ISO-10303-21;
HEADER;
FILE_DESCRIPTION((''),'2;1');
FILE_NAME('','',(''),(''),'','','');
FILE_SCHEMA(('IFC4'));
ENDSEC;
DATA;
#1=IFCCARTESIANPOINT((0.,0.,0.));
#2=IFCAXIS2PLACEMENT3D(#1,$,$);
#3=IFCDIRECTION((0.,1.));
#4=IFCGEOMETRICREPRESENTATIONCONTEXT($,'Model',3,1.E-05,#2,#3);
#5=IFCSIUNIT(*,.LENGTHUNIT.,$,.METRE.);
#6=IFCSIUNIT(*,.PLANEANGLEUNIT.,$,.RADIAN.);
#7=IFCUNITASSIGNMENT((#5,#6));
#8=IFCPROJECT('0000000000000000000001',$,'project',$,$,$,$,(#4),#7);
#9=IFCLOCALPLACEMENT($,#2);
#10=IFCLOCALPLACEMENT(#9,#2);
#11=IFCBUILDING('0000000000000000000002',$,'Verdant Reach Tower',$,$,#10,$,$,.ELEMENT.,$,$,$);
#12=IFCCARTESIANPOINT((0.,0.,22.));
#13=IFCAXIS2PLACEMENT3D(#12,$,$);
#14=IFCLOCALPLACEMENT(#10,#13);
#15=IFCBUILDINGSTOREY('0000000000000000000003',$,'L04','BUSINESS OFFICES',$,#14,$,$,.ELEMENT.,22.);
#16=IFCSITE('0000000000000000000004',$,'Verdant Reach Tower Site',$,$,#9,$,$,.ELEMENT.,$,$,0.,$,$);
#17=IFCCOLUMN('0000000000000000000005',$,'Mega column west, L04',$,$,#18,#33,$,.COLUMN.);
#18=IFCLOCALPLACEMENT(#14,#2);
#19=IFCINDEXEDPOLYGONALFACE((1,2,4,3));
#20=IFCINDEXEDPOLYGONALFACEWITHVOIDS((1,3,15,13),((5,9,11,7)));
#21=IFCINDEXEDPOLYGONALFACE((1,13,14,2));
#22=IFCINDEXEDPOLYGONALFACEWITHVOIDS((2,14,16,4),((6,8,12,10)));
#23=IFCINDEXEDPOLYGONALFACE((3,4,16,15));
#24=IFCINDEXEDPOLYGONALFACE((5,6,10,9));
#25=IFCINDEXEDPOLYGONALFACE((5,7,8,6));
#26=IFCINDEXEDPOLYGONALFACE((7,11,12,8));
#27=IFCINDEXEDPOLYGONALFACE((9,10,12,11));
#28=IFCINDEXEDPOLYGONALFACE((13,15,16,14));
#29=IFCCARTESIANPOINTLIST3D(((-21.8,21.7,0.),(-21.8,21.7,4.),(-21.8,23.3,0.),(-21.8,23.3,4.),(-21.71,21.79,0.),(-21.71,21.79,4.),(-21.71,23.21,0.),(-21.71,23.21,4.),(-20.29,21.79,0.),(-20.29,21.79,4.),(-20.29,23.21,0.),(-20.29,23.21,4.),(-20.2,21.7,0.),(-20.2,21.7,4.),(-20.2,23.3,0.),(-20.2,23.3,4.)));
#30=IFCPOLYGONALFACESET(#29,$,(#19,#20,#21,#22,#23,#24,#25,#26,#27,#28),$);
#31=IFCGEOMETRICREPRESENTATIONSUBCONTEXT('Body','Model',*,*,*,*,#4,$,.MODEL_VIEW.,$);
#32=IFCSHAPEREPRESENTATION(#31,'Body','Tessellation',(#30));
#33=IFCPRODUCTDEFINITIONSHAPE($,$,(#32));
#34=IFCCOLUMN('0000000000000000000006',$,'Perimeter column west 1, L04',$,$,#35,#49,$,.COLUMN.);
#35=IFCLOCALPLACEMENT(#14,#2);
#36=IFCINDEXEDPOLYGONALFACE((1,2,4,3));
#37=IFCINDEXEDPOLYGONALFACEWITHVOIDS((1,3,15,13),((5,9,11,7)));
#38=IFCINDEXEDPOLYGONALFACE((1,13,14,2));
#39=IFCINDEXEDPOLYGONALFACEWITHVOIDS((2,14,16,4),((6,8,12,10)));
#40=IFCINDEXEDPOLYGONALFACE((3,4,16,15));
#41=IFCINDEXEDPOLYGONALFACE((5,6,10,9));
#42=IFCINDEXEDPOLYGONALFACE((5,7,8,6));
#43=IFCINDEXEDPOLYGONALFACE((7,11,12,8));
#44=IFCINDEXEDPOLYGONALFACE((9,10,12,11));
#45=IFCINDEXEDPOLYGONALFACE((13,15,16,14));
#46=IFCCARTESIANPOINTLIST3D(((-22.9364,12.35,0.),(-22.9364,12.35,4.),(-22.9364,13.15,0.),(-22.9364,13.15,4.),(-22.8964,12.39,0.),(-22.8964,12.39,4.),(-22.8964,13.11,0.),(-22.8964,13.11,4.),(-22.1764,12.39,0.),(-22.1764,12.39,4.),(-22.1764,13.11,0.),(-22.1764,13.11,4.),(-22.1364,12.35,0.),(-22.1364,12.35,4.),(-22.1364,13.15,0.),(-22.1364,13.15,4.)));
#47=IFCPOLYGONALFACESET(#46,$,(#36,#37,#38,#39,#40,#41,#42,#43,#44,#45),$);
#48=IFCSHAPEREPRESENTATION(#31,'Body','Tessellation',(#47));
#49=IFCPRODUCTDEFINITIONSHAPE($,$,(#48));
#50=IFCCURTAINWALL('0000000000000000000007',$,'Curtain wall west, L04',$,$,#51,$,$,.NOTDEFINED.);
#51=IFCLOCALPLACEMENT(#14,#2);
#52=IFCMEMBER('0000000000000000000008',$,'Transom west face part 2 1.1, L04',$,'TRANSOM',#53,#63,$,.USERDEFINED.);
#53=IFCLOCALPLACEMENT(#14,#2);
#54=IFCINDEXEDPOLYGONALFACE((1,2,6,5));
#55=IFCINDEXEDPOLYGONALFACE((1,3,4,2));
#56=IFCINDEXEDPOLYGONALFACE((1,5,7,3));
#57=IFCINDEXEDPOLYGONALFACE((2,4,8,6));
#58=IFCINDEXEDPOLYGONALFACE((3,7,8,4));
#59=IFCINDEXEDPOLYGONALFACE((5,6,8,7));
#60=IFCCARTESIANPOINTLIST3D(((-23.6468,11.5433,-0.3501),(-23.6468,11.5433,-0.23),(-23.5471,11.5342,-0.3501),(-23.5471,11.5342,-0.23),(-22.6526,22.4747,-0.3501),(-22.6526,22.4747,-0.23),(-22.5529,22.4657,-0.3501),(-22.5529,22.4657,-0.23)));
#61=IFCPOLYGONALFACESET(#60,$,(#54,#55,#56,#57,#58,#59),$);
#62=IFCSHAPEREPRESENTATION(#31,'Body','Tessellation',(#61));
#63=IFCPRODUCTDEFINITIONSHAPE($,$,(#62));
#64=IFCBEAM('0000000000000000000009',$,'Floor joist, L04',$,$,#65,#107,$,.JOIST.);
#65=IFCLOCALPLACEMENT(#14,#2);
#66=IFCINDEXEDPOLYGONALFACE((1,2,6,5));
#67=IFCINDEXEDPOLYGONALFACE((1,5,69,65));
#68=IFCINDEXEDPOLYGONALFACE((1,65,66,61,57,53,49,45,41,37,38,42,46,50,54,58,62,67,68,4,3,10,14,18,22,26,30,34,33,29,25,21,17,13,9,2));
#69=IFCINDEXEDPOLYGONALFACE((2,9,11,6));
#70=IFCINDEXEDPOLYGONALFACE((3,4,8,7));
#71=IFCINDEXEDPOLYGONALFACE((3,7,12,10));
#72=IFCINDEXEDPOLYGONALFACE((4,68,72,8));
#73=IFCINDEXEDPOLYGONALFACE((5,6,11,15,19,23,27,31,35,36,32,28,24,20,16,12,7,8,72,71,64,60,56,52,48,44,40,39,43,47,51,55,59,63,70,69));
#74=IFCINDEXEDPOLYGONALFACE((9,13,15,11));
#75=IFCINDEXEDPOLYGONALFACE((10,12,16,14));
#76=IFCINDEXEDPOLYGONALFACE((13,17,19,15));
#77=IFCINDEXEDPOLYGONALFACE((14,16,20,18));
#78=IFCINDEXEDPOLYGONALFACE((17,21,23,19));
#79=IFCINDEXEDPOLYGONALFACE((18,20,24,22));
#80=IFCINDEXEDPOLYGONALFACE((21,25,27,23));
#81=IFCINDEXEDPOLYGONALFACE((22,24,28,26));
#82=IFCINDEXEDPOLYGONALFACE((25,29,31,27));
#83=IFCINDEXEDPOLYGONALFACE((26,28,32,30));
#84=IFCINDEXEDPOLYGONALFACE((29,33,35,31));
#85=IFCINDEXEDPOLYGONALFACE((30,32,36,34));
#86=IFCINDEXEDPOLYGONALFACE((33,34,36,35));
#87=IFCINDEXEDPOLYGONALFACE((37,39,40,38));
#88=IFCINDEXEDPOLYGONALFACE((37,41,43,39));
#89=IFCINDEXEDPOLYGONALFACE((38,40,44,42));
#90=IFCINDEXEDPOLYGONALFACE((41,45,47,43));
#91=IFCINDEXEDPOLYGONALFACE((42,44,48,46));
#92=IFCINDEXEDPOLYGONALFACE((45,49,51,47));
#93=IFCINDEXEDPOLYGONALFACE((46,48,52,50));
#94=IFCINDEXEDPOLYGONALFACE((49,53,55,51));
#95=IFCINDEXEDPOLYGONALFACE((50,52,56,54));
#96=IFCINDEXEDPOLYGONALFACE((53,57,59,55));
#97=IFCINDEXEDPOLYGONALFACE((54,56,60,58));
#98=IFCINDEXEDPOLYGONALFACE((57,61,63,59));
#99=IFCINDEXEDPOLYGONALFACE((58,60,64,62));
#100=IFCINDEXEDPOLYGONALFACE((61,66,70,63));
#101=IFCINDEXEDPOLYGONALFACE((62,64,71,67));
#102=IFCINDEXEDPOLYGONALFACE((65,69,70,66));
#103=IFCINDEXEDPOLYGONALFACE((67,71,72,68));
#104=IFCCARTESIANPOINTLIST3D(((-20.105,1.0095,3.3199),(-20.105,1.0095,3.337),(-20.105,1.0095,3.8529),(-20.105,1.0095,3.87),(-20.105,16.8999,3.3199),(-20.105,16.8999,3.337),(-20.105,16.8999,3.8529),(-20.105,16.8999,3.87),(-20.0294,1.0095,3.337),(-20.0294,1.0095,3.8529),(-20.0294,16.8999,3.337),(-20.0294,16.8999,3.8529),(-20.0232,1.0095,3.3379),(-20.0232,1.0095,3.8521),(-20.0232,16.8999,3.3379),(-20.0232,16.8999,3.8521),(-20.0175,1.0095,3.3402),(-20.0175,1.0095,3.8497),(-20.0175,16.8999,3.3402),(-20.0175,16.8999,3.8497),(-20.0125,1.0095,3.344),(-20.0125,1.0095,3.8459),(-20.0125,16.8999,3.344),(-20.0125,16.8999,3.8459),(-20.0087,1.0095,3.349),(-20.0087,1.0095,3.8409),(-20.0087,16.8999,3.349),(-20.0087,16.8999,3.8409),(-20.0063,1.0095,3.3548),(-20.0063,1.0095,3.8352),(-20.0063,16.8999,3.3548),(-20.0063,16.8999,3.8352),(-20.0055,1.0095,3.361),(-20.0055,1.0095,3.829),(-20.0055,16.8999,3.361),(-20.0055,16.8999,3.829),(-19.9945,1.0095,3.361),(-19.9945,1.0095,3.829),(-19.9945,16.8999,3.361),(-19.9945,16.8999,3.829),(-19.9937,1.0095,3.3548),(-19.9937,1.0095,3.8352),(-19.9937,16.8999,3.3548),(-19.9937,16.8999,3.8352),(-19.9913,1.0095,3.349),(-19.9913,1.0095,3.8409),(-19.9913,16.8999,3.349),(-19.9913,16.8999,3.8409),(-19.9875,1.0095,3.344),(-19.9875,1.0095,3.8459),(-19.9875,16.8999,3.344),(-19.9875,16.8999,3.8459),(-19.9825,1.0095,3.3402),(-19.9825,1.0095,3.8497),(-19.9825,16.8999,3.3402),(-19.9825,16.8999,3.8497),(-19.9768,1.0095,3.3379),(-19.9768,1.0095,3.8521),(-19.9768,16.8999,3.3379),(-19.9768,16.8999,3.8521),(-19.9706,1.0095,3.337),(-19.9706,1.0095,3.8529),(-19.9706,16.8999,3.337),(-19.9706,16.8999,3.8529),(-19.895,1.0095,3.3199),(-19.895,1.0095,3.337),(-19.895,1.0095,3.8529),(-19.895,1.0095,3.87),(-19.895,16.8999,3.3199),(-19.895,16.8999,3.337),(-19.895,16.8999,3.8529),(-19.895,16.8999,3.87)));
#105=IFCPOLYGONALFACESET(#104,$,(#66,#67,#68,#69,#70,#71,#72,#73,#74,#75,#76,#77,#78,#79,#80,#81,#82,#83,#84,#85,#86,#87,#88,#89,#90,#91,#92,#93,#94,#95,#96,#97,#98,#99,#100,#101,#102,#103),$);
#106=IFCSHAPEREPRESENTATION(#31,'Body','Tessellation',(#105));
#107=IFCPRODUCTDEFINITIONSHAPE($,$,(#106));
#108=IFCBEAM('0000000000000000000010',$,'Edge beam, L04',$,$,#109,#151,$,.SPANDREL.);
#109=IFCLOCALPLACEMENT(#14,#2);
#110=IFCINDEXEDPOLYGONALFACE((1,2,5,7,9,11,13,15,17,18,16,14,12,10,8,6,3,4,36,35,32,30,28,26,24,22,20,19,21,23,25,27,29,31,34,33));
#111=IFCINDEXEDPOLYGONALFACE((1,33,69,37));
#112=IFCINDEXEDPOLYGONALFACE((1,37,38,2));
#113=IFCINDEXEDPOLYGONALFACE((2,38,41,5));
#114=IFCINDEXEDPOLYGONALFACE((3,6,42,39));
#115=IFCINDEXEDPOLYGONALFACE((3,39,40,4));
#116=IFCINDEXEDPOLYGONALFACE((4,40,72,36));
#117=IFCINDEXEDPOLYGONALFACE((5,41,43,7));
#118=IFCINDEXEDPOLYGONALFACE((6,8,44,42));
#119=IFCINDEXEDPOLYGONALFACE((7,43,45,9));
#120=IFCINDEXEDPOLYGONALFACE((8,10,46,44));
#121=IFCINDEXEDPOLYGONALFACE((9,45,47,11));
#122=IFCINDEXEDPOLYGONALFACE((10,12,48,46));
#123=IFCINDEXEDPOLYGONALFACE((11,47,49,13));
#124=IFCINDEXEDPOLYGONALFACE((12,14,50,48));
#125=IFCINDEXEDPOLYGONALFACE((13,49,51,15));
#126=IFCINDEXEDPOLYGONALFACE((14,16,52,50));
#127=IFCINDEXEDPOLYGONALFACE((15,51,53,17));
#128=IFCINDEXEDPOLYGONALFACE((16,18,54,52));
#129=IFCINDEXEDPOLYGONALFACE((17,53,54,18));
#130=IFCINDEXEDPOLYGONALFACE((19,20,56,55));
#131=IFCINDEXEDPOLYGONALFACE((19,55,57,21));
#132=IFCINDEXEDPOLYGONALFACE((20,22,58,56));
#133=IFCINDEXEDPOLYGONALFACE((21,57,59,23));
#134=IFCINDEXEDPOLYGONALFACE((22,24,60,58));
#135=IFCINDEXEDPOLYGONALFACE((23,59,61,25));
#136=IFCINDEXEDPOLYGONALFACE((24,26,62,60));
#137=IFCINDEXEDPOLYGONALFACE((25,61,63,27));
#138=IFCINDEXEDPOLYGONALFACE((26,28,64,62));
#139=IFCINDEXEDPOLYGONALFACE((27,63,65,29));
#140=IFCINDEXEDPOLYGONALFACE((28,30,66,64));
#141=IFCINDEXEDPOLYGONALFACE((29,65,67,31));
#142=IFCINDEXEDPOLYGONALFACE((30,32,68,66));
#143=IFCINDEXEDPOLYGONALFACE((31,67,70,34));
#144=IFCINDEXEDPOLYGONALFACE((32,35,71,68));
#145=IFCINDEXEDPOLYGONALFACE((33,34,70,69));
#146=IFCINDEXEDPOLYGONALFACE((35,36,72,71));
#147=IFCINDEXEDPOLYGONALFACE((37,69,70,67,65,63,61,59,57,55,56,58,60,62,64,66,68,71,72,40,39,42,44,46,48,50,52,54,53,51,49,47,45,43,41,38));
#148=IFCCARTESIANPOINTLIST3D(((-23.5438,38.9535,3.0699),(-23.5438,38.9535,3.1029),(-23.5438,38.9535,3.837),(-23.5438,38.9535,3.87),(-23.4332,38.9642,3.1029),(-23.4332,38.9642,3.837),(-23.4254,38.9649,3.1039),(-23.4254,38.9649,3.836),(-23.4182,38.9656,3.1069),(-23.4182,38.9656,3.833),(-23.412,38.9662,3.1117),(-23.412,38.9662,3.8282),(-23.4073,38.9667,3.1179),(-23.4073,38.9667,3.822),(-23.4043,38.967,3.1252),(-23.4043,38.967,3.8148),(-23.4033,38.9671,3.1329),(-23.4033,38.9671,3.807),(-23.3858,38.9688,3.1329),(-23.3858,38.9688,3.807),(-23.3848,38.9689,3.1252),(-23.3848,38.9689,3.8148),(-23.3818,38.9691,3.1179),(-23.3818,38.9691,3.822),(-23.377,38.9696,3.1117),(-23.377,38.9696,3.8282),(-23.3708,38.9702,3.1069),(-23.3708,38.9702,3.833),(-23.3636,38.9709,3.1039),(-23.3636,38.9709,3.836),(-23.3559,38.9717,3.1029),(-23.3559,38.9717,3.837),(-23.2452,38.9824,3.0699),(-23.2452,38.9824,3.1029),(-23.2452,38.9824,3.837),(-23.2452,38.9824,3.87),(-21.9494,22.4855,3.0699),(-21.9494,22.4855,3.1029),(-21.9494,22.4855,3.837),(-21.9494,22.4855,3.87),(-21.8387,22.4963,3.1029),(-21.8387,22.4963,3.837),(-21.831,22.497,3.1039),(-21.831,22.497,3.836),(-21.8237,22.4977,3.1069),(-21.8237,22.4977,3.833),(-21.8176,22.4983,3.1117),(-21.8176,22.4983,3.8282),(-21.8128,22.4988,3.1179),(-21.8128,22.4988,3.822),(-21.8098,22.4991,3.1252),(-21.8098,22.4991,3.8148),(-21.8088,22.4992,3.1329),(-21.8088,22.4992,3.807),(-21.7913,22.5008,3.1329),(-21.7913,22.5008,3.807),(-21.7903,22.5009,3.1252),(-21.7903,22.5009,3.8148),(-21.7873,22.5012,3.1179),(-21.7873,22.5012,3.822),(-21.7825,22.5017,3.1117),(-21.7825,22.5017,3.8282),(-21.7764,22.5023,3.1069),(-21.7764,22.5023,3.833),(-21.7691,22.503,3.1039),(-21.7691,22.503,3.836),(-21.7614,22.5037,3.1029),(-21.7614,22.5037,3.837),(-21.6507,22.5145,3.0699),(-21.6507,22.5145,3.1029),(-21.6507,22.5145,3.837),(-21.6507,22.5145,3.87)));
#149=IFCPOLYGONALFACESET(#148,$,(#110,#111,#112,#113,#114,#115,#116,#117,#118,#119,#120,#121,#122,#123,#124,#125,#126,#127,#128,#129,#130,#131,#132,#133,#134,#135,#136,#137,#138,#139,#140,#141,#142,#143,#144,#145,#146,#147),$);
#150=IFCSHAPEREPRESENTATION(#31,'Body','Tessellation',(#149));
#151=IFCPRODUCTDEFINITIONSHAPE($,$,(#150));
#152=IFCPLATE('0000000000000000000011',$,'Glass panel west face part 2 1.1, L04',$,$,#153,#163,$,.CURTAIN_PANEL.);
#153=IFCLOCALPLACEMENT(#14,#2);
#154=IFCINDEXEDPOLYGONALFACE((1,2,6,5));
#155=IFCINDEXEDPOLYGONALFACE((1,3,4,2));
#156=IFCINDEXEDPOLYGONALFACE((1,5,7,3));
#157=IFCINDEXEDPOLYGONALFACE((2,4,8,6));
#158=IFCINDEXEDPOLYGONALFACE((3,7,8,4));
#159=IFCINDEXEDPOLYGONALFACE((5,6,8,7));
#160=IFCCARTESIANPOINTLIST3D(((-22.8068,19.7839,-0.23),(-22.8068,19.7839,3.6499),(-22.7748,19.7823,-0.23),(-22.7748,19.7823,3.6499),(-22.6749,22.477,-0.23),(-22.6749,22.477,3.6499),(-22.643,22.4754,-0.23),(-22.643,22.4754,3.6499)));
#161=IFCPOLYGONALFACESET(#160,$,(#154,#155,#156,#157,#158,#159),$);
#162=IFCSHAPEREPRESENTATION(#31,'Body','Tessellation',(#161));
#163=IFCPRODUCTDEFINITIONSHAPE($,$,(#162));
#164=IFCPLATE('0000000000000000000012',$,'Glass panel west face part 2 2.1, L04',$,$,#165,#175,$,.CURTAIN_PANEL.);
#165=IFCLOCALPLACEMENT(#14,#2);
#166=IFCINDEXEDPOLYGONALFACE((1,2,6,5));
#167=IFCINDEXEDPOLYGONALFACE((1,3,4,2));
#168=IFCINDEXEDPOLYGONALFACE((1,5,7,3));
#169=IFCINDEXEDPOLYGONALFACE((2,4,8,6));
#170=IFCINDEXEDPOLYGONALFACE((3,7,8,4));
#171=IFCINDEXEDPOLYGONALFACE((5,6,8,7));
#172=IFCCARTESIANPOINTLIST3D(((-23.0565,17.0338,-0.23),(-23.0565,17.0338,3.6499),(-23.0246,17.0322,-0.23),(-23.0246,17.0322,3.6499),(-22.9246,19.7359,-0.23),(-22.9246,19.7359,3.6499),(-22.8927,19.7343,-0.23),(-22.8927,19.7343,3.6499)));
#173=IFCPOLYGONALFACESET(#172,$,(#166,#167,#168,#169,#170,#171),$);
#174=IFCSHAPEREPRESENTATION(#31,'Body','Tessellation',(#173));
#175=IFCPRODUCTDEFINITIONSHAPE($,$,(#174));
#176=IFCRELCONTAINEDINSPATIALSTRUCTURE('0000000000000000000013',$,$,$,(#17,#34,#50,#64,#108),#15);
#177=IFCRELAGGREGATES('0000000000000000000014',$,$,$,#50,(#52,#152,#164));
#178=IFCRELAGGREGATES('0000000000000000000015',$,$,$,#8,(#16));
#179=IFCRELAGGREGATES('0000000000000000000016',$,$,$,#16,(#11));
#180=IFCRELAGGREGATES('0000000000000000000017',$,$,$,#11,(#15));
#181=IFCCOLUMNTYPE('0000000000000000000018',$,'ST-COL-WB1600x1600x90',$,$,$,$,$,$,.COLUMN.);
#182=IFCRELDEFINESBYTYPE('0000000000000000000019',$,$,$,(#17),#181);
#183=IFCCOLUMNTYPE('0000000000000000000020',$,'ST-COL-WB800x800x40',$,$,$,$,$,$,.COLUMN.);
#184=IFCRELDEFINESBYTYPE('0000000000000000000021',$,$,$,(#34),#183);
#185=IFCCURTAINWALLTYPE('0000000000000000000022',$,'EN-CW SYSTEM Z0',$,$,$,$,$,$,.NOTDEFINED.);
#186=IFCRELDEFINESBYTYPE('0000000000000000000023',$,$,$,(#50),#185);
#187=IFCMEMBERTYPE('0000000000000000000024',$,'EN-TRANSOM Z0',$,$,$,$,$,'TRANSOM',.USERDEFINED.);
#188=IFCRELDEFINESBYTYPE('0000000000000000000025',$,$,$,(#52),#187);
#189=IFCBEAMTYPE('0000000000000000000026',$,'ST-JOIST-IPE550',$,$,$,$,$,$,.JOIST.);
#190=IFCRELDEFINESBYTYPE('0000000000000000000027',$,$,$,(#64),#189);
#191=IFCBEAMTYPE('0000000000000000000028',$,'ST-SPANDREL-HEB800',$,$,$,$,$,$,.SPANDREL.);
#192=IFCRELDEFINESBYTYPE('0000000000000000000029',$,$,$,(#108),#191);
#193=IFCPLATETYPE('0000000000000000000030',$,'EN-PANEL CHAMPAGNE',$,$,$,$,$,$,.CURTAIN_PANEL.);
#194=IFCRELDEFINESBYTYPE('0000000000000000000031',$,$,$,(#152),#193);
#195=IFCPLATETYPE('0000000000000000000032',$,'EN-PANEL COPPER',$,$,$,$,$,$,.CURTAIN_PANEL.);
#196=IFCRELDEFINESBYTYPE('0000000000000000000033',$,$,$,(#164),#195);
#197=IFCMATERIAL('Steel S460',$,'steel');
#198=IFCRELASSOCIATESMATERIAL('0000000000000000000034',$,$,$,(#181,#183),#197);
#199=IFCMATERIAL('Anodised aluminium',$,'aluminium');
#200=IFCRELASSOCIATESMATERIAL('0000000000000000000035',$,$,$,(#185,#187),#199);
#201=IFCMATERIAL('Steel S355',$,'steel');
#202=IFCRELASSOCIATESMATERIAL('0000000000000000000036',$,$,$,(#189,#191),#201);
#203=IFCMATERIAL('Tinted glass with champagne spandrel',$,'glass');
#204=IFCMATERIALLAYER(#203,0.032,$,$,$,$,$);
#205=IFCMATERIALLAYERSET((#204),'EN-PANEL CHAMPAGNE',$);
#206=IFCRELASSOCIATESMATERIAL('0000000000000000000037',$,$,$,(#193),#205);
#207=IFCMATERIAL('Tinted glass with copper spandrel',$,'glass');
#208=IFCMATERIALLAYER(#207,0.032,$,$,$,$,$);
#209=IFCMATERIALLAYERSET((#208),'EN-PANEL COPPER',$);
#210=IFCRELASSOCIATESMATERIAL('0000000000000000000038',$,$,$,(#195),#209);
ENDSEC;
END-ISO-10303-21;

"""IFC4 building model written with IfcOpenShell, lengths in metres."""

from ifc_helpers import new_model, si_unit, direction, frame, origin, origin_2d, place, context, subcontext, project, spatial, rectangle, hollow_rectangle, i_section, extrude, material, layer, layer_set, material_profile, profile_set, type_object, element, aggregate, save


model = new_model("IFC4")

# Units and contexts
model_context = context("Model", 3, precision=1e-05, world=origin(), true_north=direction((0.0, 1.0)))
body_context = subcontext(model_context, "Body", "Model", "MODEL_VIEW")
ifc_project = project(units=[si_unit("LENGTHUNIT", "METRE"), si_unit("PLANEANGLEUNIT", "RADIAN")], contexts=[model_context])

# Site, building, storey
site_placement = place(None, origin())
site = spatial("IfcSite", under=ifc_project, at=site_placement, Name="Verdant Reach Tower Site", CompositionType="ELEMENT", RefElevation=0.0)
building_placement = place(site_placement, origin())
building = spatial("IfcBuilding", under=site, at=building_placement, Name="Verdant Reach Tower", CompositionType="ELEMENT")
storey_placement = place(building_placement, frame((0.0, 0.0, 22.0)))
storey = spatial("IfcBuildingStorey", under=building, at=storey_placement, Name="L04", Description="BUSINESS OFFICES", CompositionType="ELEMENT", Elevation=22.0)

# Columns
ifc_material_1 = material(Name="Steel S460", Category="steel")
ifc_material_profile_1 = material_profile(ifc_material_1, hollow_rectangle(XDim=1.6001, YDim=1.6001, WallThickness=0.0901, at=origin_2d()), Name="WB 1600x1600x90")
ifc_profile_set_1 = profile_set([ifc_material_profile_1], Name="Steel S460")
column_type_1 = type_object("IfcColumnType", Name="ST-COL-WB1600x1600x90", PredefinedType="COLUMN", material=ifc_profile_set_1)
column_1_placement = place(storey_placement, frame((-21.0, 22.5, 0.0), z_axis=(0.0, 0.0, 1.0), x_axis=(1.0, 0.0, 0.0)))
element("IfcColumn", 1, at=column_1_placement, inside=storey, type_object=column_type_1, Name="Mega column west, L04", PredefinedType="COLUMN", context=body_context, shape_type="SweptSolid", body=[
    extrude(hollow_rectangle(XDim=1.6001, YDim=1.6001, WallThickness=0.0901, at=origin_2d()), origin(), (0.0, 0.0, 1.0), 4.0),
])
ifc_material_profile_2 = material_profile(ifc_material_1, hollow_rectangle(XDim=0.8, YDim=0.8, WallThickness=0.04, at=origin_2d()), Name="WB 800x800x40")
ifc_profile_set_2 = profile_set([ifc_material_profile_2], Name="Steel S460")
column_type_2 = type_object("IfcColumnType", Name="ST-COL-WB800x800x40", PredefinedType="COLUMN", material=ifc_profile_set_2)
column_2_placement = place(storey_placement, frame((-22.5364, 12.75, 0.0), z_axis=(0.0, 0.0, 1.0), x_axis=(1.0, 0.0, 0.0)))
element("IfcColumn", 2, at=column_2_placement, inside=storey, type_object=column_type_2, Name="Perimeter column west 1, L04", PredefinedType="COLUMN", context=body_context, shape_type="SweptSolid", body=[
    extrude(hollow_rectangle(XDim=0.8, YDim=0.8, WallThickness=0.04, at=origin_2d()), origin(), (0.0, 0.0, 1.0), 4.0),
])

# Curtain wall, member
ifc_material_2 = material(Name="Anodised aluminium", Category="aluminium")
curtain_wall_type = type_object("IfcCurtainWallType", Name="EN-CW SYSTEM Z0", PredefinedType="NOTDEFINED", material=ifc_material_2)
curtain_wall_placement = place(storey_placement, origin())
curtain_wall = element("IfcCurtainWall", 3, at=curtain_wall_placement, inside=storey, type_object=curtain_wall_type, Name="Curtain wall west, L04", PredefinedType="NOTDEFINED")
ifc_material_profile_3 = material_profile(ifc_material_2, rectangle(XDim=0.1001, YDim=0.1201, at=origin_2d()), Name="Transom 120x100")
ifc_profile_set_3 = profile_set([ifc_material_profile_3], Name="Anodised aluminium")
member_type = type_object("IfcMemberType", Name="EN-TRANSOM Z0", ElementType="TRANSOM", PredefinedType="USERDEFINED", material=ifc_profile_set_3)
member_placement = place(storey_placement, frame((-22.6028, 22.4702, -0.29), z_axis=(-0.09057, -0.99589, 0.0), x_axis=(0.99589, -0.09057, 0.0)))
member = element("IfcMember", 4, at=member_placement, type_object=member_type, Name="Transom west face part 2 1.1, L04", ObjectType="TRANSOM", PredefinedType="USERDEFINED", context=body_context, shape_type="SweptSolid", body=[
    extrude(rectangle(XDim=0.1001, YDim=0.1201, at=origin_2d()), origin(), (0.0, 0.0, 1.0), 10.9766),
])

# Beams
ifc_material_3 = material(Name="Steel S355", Category="steel")
ifc_material_profile_4 = material_profile(ifc_material_3, i_section(OverallWidth=0.21, OverallDepth=0.55, WebThickness=0.011, FlangeThickness=0.0171, FilletRadius=0.0239, at=origin_2d()), Name="IPE 550")
ifc_profile_set_4 = profile_set([ifc_material_profile_4], Name="Steel S355")
beam_type_1 = type_object("IfcBeamType", Name="ST-JOIST-IPE550", PredefinedType="JOIST", material=ifc_profile_set_4)
beam_1_placement = place(storey_placement, frame((-20.0, 16.8999, 3.595), z_axis=(0.0, -1.0, 0.0), x_axis=(1.0, 0.0, 0.0)))
element("IfcBeam", 5, at=beam_1_placement, inside=storey, type_object=beam_type_1, Name="Floor joist, L04", PredefinedType="JOIST", context=body_context, shape_type="SweptSolid", body=[
    extrude(i_section(OverallWidth=0.21, OverallDepth=0.55, WebThickness=0.011, FlangeThickness=0.0171, FilletRadius=0.0239, at=origin_2d()), origin(), (0.0, 0.0, 1.0), 15.8904),
])
ifc_material_profile_5 = material_profile(ifc_material_3, i_section(OverallWidth=0.3, OverallDepth=0.8, WebThickness=0.0176, FlangeThickness=0.033, FilletRadius=0.03, at=origin_2d()), Name="HEB 800")
ifc_profile_set_5 = profile_set([ifc_material_profile_5], Name="Steel S355")
beam_type_2 = type_object("IfcBeamType", Name="ST-SPANDREL-HEB800", PredefinedType="SPANDREL", material=ifc_profile_set_5)
beam_2_placement = place(storey_placement, frame((-21.8, 22.5, 3.47), z_axis=(-0.096372, 0.995345, 0.0), x_axis=(-0.995345, -0.096372, 0.0)))
element("IfcBeam", 6, at=beam_2_placement, inside=storey, type_object=beam_type_2, Name="Edge beam, L04", PredefinedType="SPANDREL", context=body_context, shape_type="SweptSolid", body=[
    extrude(i_section(OverallWidth=0.3, OverallDepth=0.8, WebThickness=0.0176, FlangeThickness=0.033, FilletRadius=0.03, at=origin_2d()), origin(), (0.0, 0.0, 1.0), 16.5449),
])

# Plates
ifc_material_4 = material(Name="Tinted glass with champagne spandrel", Category="glass")
ifc_layer_1 = layer(ifc_material_4, 0.032)
ifc_layer_set_1 = layer_set([ifc_layer_1], Name="EN-PANEL CHAMPAGNE")
plate_type_1 = type_object("IfcPlateType", Name="EN-PANEL CHAMPAGNE", PredefinedType="CURTAIN_PANEL", material=ifc_layer_set_1)
plate_1_placement = place(storey_placement, frame((-22.7249, 21.1296, -0.23), z_axis=(0.0, 0.0, 1.0), x_axis=(-0.048902, -0.998804, 0.0)))
plate_1 = element("IfcPlate", 7, at=plate_1_placement, type_object=plate_type_1, Name="Glass panel west face part 2 1.1, L04", PredefinedType="CURTAIN_PANEL", context=body_context, shape_type="SweptSolid", body=[
    extrude(rectangle(XDim=2.6963, YDim=0.032, at=origin_2d()), origin(), (0.0, 0.0, 1.0), 3.8799),
])
ifc_material_5 = material(Name="Tinted glass with copper spandrel", Category="glass")
ifc_layer_2 = layer(ifc_material_5, 0.032)
ifc_layer_set_2 = layer_set([ifc_layer_2], Name="EN-PANEL COPPER")
plate_type_2 = type_object("IfcPlateType", Name="EN-PANEL COPPER", PredefinedType="CURTAIN_PANEL", material=ifc_layer_set_2)
plate_2_placement = place(storey_placement, frame((-22.9746, 18.384, -0.23), z_axis=(0.0, 0.0, 1.0), x_axis=(-0.048753, -0.998811, 0.0)))
plate_2 = element("IfcPlate", 8, at=plate_2_placement, type_object=plate_type_2, Name="Glass panel west face part 2 2.1, L04", PredefinedType="CURTAIN_PANEL", context=body_context, shape_type="SweptSolid", body=[
    extrude(rectangle(XDim=2.7053, YDim=0.032, at=origin_2d()), origin(), (0.0, 0.0, 1.0), 3.8799),
])
aggregate(curtain_wall, [member, plate_1, plate_2])

save(model, "model.ifc")
